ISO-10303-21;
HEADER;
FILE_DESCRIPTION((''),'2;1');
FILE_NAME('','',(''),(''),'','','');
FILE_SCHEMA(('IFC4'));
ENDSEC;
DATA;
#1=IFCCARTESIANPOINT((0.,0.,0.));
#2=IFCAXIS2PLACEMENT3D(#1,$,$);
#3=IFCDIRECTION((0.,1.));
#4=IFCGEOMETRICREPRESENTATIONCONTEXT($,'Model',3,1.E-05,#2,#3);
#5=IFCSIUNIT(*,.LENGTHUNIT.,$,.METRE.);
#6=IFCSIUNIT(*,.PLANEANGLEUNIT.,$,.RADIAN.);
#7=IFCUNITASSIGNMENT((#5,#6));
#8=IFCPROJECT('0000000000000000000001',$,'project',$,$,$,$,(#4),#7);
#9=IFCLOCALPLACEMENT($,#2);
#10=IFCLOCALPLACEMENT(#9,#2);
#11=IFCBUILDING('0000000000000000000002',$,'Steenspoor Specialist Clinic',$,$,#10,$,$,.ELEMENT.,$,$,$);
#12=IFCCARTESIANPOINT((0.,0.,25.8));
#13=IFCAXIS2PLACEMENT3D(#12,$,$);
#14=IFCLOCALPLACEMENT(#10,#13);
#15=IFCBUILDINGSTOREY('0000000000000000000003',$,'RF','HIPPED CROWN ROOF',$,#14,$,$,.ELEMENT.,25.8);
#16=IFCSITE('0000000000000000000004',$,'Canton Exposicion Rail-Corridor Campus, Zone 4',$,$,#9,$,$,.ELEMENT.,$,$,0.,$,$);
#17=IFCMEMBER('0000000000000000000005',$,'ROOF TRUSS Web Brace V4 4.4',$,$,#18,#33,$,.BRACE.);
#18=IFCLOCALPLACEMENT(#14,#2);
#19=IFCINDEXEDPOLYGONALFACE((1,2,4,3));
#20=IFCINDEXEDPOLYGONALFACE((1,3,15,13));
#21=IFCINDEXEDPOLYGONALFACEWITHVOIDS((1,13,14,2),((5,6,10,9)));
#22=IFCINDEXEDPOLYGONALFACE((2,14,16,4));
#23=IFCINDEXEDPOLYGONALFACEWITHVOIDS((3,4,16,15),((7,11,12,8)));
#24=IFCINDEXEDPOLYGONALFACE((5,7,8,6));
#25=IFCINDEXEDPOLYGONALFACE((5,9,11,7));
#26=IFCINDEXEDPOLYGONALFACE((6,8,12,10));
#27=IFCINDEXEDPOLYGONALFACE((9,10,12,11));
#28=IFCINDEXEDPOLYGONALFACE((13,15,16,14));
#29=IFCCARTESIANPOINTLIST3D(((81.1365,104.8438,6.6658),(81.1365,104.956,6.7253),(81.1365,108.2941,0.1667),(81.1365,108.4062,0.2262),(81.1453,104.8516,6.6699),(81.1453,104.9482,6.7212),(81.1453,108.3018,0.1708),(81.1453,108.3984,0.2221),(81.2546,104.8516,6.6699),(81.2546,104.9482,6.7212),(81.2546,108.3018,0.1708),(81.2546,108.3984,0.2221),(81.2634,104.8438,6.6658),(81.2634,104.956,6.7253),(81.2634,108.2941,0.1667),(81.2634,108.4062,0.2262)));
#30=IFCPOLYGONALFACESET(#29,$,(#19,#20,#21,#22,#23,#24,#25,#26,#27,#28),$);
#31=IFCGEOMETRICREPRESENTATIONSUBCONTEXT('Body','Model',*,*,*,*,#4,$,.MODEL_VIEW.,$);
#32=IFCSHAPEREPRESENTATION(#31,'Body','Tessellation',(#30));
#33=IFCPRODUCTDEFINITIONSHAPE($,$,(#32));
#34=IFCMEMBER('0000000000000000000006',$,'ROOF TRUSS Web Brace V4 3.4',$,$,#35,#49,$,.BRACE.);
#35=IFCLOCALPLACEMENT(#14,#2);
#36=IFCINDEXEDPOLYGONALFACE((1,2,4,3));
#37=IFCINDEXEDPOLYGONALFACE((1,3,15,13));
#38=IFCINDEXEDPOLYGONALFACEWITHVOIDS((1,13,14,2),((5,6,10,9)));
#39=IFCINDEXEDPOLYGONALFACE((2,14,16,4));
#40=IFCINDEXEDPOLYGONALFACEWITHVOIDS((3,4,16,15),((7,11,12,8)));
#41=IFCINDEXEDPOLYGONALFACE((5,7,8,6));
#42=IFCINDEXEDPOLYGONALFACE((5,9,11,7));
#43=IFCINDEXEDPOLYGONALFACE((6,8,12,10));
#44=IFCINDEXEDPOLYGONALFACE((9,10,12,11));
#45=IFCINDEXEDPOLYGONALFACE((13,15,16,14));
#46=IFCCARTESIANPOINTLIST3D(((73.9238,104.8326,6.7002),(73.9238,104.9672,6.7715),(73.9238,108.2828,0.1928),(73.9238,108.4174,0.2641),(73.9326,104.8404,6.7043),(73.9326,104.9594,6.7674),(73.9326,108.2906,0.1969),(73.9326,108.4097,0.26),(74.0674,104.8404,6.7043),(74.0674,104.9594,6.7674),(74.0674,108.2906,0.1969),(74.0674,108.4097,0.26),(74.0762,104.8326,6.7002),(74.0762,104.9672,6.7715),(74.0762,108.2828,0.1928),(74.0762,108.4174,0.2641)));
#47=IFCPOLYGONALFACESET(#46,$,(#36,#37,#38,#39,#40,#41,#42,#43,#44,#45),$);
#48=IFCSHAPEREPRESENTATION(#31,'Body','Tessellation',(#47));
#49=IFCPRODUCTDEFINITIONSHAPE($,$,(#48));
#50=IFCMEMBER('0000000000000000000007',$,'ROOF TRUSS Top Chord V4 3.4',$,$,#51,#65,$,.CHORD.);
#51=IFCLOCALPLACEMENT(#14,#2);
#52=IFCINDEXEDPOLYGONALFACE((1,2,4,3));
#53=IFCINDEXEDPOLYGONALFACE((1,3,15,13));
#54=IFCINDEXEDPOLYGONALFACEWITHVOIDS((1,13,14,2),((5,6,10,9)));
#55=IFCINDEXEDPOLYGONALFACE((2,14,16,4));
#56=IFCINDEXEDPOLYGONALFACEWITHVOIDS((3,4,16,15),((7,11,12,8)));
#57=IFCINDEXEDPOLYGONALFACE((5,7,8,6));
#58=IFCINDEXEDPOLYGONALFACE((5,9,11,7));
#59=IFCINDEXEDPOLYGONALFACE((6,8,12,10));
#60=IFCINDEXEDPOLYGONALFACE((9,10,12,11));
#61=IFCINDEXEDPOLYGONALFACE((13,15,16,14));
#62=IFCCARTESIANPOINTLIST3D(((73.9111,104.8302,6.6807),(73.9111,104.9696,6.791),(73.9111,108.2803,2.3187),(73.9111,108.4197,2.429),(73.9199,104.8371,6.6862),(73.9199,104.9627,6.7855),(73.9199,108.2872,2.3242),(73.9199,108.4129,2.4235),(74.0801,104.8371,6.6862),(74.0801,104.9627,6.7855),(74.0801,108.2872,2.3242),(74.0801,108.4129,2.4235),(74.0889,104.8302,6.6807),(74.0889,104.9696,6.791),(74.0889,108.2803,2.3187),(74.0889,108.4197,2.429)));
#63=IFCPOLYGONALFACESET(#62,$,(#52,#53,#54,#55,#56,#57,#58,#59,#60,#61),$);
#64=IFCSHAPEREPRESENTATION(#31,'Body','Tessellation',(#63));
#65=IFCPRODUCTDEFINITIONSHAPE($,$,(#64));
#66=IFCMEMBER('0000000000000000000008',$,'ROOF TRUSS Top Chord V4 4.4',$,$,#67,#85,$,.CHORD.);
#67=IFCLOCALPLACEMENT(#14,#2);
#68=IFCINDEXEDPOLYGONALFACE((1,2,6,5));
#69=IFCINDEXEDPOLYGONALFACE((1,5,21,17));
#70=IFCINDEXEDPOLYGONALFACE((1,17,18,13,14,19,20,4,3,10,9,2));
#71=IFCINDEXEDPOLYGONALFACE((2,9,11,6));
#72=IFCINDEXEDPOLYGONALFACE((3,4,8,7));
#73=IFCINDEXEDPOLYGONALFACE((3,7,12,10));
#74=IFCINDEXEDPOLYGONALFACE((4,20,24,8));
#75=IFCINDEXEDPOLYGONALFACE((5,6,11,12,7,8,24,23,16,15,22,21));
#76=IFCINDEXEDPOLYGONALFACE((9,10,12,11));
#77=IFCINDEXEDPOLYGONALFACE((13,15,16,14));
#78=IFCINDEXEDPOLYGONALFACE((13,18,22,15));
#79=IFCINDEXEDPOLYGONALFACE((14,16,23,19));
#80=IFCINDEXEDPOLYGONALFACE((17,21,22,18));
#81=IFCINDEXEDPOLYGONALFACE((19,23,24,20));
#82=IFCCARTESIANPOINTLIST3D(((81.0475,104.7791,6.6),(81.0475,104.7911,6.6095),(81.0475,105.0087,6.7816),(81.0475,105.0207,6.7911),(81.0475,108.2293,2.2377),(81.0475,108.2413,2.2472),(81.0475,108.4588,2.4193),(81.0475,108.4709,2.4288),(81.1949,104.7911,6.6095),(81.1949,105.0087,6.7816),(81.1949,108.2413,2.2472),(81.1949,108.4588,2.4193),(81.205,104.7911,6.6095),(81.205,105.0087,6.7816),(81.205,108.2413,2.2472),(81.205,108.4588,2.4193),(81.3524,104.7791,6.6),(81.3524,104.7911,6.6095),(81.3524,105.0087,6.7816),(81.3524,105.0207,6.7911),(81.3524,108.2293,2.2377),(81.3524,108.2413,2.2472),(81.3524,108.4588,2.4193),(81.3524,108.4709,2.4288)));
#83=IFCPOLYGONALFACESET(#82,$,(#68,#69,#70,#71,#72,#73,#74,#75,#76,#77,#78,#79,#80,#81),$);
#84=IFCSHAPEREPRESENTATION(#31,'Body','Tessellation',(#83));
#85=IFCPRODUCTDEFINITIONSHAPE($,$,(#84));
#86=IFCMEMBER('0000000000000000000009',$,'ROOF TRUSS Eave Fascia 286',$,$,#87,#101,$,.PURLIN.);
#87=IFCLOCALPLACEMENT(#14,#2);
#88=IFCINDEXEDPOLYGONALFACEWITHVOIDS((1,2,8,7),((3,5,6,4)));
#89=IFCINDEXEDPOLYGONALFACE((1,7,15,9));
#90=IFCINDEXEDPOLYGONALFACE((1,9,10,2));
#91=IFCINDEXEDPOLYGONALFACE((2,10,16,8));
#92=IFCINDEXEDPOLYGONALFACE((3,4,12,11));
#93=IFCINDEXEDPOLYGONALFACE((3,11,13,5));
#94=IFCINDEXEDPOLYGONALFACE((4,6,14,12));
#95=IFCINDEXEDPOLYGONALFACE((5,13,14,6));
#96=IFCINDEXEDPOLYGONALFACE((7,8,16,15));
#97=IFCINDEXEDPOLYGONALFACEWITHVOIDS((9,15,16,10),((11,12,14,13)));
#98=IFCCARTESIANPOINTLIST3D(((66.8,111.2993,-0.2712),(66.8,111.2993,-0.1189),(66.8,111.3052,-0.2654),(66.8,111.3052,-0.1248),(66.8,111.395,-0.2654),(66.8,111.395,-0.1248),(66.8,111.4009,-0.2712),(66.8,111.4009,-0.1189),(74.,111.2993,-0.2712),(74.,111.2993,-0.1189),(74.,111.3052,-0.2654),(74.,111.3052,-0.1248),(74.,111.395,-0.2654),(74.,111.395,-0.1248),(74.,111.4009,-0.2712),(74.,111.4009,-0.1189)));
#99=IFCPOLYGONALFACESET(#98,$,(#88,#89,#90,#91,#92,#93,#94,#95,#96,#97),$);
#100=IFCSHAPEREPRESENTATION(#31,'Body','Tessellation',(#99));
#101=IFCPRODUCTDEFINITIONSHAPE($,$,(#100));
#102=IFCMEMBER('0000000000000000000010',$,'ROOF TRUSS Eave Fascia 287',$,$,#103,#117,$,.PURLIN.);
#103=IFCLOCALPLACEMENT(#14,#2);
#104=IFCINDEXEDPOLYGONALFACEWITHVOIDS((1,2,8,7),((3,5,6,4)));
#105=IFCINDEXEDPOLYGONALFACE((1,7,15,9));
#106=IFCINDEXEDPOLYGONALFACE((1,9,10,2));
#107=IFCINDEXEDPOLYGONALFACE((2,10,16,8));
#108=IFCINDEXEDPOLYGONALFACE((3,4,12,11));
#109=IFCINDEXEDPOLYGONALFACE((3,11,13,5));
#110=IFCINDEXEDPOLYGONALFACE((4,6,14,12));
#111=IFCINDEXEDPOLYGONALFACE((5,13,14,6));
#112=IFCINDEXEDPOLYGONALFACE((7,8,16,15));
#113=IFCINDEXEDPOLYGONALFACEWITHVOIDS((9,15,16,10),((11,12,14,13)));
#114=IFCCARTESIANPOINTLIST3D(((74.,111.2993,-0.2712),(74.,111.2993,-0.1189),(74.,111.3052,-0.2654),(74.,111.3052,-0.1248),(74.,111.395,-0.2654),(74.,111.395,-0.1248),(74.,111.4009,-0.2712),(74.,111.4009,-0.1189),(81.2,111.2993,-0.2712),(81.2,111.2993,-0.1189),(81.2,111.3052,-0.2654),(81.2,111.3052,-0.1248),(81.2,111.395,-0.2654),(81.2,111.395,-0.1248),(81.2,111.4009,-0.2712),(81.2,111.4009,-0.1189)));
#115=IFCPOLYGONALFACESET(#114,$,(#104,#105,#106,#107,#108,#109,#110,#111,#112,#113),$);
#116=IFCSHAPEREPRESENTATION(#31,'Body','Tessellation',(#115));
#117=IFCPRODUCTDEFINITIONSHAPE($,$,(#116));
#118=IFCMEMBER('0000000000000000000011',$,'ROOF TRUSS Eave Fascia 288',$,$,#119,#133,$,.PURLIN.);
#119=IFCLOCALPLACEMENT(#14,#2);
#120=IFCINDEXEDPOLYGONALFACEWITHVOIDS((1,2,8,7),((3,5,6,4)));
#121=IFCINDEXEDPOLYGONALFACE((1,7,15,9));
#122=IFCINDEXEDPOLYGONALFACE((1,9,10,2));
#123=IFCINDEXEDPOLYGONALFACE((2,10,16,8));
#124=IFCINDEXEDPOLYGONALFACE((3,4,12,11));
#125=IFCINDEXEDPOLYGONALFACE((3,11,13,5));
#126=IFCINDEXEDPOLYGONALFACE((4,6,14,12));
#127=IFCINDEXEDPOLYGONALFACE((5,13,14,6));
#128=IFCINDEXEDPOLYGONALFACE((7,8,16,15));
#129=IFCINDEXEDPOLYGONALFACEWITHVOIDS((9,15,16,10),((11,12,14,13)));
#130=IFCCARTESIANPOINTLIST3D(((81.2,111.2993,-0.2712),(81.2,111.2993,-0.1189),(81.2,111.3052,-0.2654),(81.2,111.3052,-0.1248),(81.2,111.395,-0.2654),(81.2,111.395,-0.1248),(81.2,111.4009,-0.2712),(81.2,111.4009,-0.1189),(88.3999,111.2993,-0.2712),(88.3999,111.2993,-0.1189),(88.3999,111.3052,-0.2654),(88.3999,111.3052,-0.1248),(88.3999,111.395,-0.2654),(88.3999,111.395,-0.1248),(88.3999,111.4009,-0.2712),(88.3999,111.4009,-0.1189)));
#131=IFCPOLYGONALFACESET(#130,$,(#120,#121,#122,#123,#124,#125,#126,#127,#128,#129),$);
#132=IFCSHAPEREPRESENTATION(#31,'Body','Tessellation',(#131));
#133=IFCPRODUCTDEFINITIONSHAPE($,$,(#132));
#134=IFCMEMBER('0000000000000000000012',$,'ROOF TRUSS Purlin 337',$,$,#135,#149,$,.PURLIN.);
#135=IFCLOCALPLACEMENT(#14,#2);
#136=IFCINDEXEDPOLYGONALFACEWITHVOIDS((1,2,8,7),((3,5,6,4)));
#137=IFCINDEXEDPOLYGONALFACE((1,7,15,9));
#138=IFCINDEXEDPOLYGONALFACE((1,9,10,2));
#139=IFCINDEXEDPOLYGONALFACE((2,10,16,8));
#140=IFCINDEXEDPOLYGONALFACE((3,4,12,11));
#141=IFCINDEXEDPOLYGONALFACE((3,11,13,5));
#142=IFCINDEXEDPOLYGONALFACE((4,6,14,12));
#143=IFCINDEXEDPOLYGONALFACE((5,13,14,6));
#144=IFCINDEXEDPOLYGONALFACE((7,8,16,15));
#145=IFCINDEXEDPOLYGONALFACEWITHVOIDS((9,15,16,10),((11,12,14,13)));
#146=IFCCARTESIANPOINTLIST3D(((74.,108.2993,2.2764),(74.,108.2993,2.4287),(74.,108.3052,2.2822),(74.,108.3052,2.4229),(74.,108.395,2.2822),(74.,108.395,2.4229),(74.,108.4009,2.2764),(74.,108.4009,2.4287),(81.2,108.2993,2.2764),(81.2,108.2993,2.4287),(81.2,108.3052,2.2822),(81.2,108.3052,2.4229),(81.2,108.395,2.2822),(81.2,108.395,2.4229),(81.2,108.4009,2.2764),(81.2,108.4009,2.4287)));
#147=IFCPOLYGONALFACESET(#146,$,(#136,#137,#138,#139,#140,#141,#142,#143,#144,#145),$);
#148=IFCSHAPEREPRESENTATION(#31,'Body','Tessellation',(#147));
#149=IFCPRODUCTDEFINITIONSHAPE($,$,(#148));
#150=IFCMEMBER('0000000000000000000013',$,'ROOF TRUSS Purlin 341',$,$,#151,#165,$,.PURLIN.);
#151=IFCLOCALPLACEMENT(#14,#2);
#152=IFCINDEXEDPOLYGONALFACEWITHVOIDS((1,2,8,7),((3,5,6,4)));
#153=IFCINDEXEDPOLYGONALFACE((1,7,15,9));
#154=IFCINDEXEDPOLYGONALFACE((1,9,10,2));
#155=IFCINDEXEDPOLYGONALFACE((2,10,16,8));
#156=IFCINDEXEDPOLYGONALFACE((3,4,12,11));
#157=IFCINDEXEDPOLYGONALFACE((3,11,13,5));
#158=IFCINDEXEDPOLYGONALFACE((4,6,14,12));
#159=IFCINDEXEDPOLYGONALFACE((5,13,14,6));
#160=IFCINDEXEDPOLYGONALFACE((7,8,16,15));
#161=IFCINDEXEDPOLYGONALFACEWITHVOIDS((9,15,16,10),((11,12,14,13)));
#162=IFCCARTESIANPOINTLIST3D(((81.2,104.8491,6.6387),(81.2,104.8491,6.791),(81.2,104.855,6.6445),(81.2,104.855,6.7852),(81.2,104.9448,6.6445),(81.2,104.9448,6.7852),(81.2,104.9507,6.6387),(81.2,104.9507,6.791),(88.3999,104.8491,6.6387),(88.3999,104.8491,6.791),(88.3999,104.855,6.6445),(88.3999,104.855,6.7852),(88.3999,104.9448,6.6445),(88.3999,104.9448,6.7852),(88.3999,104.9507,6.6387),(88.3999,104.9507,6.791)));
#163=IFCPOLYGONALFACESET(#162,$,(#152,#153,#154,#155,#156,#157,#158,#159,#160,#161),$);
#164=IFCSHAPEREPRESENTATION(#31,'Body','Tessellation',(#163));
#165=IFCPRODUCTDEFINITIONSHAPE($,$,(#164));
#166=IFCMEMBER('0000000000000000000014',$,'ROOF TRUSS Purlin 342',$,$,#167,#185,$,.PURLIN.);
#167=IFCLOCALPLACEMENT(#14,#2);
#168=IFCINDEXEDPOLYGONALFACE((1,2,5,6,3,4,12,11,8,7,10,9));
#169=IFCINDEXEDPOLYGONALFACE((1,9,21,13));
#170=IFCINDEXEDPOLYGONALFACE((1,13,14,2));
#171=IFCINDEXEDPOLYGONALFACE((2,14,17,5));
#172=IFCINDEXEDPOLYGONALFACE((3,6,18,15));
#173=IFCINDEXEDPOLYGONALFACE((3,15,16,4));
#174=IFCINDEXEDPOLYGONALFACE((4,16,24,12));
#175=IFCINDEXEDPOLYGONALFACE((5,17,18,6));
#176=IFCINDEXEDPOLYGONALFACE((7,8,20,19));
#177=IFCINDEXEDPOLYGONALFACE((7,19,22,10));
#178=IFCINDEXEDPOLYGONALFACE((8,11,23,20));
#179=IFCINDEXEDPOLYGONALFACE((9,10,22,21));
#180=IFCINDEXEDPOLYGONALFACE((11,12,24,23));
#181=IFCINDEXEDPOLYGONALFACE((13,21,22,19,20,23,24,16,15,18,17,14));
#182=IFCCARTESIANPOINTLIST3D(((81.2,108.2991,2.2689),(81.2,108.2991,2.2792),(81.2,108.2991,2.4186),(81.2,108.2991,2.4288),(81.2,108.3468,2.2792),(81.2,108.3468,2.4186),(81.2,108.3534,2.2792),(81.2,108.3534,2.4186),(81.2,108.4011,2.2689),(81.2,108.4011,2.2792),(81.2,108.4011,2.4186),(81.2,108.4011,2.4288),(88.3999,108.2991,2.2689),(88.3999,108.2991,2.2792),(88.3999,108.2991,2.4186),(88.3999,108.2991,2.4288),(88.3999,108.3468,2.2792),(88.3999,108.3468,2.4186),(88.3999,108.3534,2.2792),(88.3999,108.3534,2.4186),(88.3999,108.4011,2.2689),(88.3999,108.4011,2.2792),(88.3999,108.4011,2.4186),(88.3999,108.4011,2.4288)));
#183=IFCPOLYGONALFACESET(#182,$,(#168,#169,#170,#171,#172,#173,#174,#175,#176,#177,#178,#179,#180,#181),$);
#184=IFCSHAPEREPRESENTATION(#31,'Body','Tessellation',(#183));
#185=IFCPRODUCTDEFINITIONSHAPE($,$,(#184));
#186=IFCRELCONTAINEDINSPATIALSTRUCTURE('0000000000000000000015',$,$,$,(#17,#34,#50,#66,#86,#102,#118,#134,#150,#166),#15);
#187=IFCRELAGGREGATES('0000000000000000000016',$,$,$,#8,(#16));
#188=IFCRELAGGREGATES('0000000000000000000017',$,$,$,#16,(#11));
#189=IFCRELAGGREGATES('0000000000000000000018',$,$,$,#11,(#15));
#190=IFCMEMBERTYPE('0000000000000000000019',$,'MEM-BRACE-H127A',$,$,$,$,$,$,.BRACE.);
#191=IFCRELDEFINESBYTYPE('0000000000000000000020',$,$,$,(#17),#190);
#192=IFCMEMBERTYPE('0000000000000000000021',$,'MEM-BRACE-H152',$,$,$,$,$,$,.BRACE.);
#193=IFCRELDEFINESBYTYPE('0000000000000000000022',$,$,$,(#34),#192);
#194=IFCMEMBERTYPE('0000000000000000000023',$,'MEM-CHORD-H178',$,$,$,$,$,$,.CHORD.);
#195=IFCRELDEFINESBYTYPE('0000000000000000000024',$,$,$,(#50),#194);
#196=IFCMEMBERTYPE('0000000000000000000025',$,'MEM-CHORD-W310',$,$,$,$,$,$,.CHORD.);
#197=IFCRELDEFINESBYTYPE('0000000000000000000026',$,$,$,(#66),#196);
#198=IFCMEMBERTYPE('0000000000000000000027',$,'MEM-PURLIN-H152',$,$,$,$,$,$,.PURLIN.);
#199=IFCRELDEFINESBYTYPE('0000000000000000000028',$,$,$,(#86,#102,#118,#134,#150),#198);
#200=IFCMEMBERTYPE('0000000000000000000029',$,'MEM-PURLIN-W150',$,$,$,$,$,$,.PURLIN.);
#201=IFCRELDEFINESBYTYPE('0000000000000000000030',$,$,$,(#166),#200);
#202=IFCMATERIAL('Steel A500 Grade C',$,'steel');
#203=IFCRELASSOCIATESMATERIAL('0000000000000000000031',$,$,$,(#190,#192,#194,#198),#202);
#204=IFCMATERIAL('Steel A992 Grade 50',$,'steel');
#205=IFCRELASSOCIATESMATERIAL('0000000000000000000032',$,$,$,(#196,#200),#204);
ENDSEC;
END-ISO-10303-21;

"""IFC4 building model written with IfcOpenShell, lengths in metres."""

from ifc_helpers import new_model, si_unit, direction, frame, origin, origin_2d, place, context, subcontext, project, spatial, hollow_rectangle, i_section, extrude, material, material_profile, profile_set, type_object, element, save


model = new_model("IFC4")

# Units and contexts
model_context = context("Model", 3, precision=1e-05, world=origin(), true_north=direction((0.0, 1.0)))
body_context = subcontext(model_context, "Body", "Model", "MODEL_VIEW")
ifc_project = project(units=[si_unit("LENGTHUNIT", "METRE"), si_unit("PLANEANGLEUNIT", "RADIAN")], contexts=[model_context])

# Site, building, storey
site_placement = place(None, origin())
site = spatial("IfcSite", under=ifc_project, at=site_placement, Name="Canton Exposicion Rail-Corridor Campus, Zone 4", CompositionType="ELEMENT", RefElevation=0.0)
building_placement = place(site_placement, origin())
building = spatial("IfcBuilding", under=site, at=building_placement, Name="Steenspoor Specialist Clinic", CompositionType="ELEMENT")
storey_placement = place(building_placement, frame((0.0, 0.0, 25.8)))
storey = spatial("IfcBuildingStorey", under=building, at=storey_placement, Name="RF", Description="HIPPED CROWN ROOF", CompositionType="ELEMENT", Elevation=25.8)

# Members
ifc_material_1 = material(Name="Steel A500 Grade C", Category="steel")
ifc_material_profile_1 = material_profile(ifc_material_1, hollow_rectangle(XDim=0.127, YDim=0.127, WallThickness=0.0088, at=origin_2d()), Name="HSS127X127X9.5")
ifc_profile_set_1 = profile_set([ifc_material_profile_1], Name="Steel A500 Grade C")
member_type_1 = type_object("IfcMemberType", Name="MEM-BRACE-H127A", PredefinedType="BRACE", material=ifc_profile_set_1)
member_1_placement = place(storey_placement, frame((81.2, 104.8999, 6.6956), z_axis=(0.0, 0.4689, -0.883251), x_axis=(-1.0, 0.0, 0.0)))
element("IfcMember", 1, at=member_1_placement, inside=storey, type_object=member_type_1, Name="ROOF TRUSS Web Brace V4 4.4", PredefinedType="BRACE", context=body_context, shape_type="SweptSolid", body=[
    extrude(hollow_rectangle(XDim=0.127, YDim=0.127, WallThickness=0.0088, at=origin_2d()), origin(), (0.0, 0.0, 1.0), 7.3582),
])
ifc_material_profile_2 = material_profile(ifc_material_1, hollow_rectangle(XDim=0.1523, YDim=0.1523, WallThickness=0.0088, at=origin_2d()), Name="HSS152X152X9.5")
ifc_profile_set_2 = profile_set([ifc_material_profile_2], Name="Steel A500 Grade C")
member_type_2 = type_object("IfcMemberType", Name="MEM-BRACE-H152", PredefinedType="BRACE", material=ifc_profile_set_2)
member_2_placement = place(storey_placement, frame((74.0, 104.8999, 6.7358), z_axis=(0.0, 0.468433, -0.883499), x_axis=(-1.0, 0.0, 0.0)))
element("IfcMember", 2, at=member_2_placement, inside=storey, type_object=member_type_2, Name="ROOF TRUSS Web Brace V4 3.4", PredefinedType="BRACE", context=body_context, shape_type="SweptSolid", body=[
    extrude(hollow_rectangle(XDim=0.1523, YDim=0.1523, WallThickness=0.0088, at=origin_2d()), origin(), (0.0, 0.0, 1.0), 7.3655),
])
ifc_material_profile_3 = material_profile(ifc_material_1, hollow_rectangle(XDim=0.1777, YDim=0.1777, WallThickness=0.0088, at=origin_2d()), Name="HSS178X178X9.5")
ifc_profile_set_3 = profile_set([ifc_material_profile_3], Name="Steel A500 Grade C")
member_type_3 = type_object("IfcMemberType", Name="MEM-CHORD-H178", PredefinedType="CHORD", material=ifc_profile_set_3)
member_3_placement = place(storey_placement, frame((74.0, 104.8999, 6.7358), z_axis=(0.0, 0.62036, -0.784317), x_axis=(-1.0, 0.0, 0.0)))
element("IfcMember", 3, at=member_3_placement, inside=storey, type_object=member_type_3, Name="ROOF TRUSS Top Chord V4 3.4", PredefinedType="CHORD", context=body_context, shape_type="SweptSolid", body=[
    extrude(hollow_rectangle(XDim=0.1777, YDim=0.1777, WallThickness=0.0088, at=origin_2d()), origin(), (0.0, 0.0, 1.0), 5.5615),
])
ifc_material_2 = material(Name="Steel A992 Grade 50", Category="steel")
ifc_material_profile_4 = material_profile(ifc_material_2, i_section(OverallWidth=0.3049, OverallDepth=0.3081, WebThickness=0.01, FlangeThickness=0.0154, at=origin_2d()), Name="W310X97")
ifc_profile_set_4 = profile_set([ifc_material_profile_4], Name="Steel A992 Grade 50")
member_type_4 = type_object("IfcMemberType", Name="MEM-CHORD-W310", PredefinedType="CHORD", material=ifc_profile_set_4)
member_4_placement = place(storey_placement, frame((81.2, 104.8999, 6.6956), z_axis=(0.0, 0.620339, -0.784334), x_axis=(-1.0, 0.0, 0.0)))
element("IfcMember", 4, at=member_4_placement, inside=storey, type_object=member_type_4, Name="ROOF TRUSS Top Chord V4 4.4", PredefinedType="CHORD", context=body_context, shape_type="SweptSolid", body=[
    extrude(i_section(OverallWidth=0.3049, OverallDepth=0.3081, WebThickness=0.01, FlangeThickness=0.0154, at=origin_2d()), origin(), (0.0, 0.0, 1.0), 5.5618),
])
ifc_material_profile_5 = material_profile(ifc_material_1, hollow_rectangle(XDim=0.1016, YDim=0.1523, WallThickness=0.0059, at=origin_2d()), Name="HSS152X102X6.4")
ifc_profile_set_5 = profile_set([ifc_material_profile_5], Name="Steel A500 Grade C")
member_type_5 = type_object("IfcMemberType", Name="MEM-PURLIN-H152", PredefinedType="PURLIN", material=ifc_profile_set_5)
for number, where, z_axis, x_axis, name in (
    (5, (66.8, 111.3501, -0.1951), (1.0, 0.0, 0.0), (0.0, 1.0, 0.0), "ROOF TRUSS Eave Fascia 286"),
    (6, (74.0, 111.3501, -0.1951), (1.0, 0.0, 0.0), (0.0, 1.0, 0.0), "ROOF TRUSS Eave Fascia 287"),
    (7, (81.2, 111.3501, -0.1951), (1.0, 0.0, 0.0), (0.0, 1.0, 0.0), "ROOF TRUSS Eave Fascia 288"),
    (8, (74.0, 108.3501, 2.3525), (1.0, 0.0, 0.0), (0.0, 1.0, 0.0), "ROOF TRUSS Purlin 337"),
    (9, (81.2, 104.8999, 6.7148), (1.0, 0.0, 0.0), (0.0, 1.0, 0.0), "ROOF TRUSS Purlin 341"),
):
    element("IfcMember", number, at=place(storey_placement, frame(where, z_axis=z_axis, x_axis=x_axis)), inside=storey, type_object=member_type_5, Name=name, PredefinedType="PURLIN", context=body_context, shape_type="SweptSolid", body=[
        extrude(hollow_rectangle(XDim=0.1016, YDim=0.1523, WallThickness=0.0059, at=origin_2d()), origin(), (0.0, 0.0, 1.0), 7.2),
    ])
ifc_material_profile_6 = material_profile(ifc_material_2, i_section(OverallWidth=0.1021, OverallDepth=0.1599, WebThickness=0.0066, FlangeThickness=0.0103, at=origin_2d()), Name="W150X24")
ifc_profile_set_6 = profile_set([ifc_material_profile_6], Name="Steel A992 Grade 50")
member_type_6 = type_object("IfcMemberType", Name="MEM-PURLIN-W150", PredefinedType="PURLIN", material=ifc_profile_set_6)
member_5_placement = place(storey_placement, frame((81.2, 108.3501, 2.3489), z_axis=(1.0, 0.0, 0.0), x_axis=(0.0, 1.0, 0.0)))
element("IfcMember", 10, at=member_5_placement, inside=storey, type_object=member_type_6, Name="ROOF TRUSS Purlin 342", PredefinedType="PURLIN", context=body_context, shape_type="SweptSolid", body=[
    extrude(i_section(OverallWidth=0.1021, OverallDepth=0.1599, WebThickness=0.0066, FlangeThickness=0.0103, at=origin_2d()), origin(), (0.0, 0.0, 1.0), 7.2),
])

save(model, "model.ifc")
